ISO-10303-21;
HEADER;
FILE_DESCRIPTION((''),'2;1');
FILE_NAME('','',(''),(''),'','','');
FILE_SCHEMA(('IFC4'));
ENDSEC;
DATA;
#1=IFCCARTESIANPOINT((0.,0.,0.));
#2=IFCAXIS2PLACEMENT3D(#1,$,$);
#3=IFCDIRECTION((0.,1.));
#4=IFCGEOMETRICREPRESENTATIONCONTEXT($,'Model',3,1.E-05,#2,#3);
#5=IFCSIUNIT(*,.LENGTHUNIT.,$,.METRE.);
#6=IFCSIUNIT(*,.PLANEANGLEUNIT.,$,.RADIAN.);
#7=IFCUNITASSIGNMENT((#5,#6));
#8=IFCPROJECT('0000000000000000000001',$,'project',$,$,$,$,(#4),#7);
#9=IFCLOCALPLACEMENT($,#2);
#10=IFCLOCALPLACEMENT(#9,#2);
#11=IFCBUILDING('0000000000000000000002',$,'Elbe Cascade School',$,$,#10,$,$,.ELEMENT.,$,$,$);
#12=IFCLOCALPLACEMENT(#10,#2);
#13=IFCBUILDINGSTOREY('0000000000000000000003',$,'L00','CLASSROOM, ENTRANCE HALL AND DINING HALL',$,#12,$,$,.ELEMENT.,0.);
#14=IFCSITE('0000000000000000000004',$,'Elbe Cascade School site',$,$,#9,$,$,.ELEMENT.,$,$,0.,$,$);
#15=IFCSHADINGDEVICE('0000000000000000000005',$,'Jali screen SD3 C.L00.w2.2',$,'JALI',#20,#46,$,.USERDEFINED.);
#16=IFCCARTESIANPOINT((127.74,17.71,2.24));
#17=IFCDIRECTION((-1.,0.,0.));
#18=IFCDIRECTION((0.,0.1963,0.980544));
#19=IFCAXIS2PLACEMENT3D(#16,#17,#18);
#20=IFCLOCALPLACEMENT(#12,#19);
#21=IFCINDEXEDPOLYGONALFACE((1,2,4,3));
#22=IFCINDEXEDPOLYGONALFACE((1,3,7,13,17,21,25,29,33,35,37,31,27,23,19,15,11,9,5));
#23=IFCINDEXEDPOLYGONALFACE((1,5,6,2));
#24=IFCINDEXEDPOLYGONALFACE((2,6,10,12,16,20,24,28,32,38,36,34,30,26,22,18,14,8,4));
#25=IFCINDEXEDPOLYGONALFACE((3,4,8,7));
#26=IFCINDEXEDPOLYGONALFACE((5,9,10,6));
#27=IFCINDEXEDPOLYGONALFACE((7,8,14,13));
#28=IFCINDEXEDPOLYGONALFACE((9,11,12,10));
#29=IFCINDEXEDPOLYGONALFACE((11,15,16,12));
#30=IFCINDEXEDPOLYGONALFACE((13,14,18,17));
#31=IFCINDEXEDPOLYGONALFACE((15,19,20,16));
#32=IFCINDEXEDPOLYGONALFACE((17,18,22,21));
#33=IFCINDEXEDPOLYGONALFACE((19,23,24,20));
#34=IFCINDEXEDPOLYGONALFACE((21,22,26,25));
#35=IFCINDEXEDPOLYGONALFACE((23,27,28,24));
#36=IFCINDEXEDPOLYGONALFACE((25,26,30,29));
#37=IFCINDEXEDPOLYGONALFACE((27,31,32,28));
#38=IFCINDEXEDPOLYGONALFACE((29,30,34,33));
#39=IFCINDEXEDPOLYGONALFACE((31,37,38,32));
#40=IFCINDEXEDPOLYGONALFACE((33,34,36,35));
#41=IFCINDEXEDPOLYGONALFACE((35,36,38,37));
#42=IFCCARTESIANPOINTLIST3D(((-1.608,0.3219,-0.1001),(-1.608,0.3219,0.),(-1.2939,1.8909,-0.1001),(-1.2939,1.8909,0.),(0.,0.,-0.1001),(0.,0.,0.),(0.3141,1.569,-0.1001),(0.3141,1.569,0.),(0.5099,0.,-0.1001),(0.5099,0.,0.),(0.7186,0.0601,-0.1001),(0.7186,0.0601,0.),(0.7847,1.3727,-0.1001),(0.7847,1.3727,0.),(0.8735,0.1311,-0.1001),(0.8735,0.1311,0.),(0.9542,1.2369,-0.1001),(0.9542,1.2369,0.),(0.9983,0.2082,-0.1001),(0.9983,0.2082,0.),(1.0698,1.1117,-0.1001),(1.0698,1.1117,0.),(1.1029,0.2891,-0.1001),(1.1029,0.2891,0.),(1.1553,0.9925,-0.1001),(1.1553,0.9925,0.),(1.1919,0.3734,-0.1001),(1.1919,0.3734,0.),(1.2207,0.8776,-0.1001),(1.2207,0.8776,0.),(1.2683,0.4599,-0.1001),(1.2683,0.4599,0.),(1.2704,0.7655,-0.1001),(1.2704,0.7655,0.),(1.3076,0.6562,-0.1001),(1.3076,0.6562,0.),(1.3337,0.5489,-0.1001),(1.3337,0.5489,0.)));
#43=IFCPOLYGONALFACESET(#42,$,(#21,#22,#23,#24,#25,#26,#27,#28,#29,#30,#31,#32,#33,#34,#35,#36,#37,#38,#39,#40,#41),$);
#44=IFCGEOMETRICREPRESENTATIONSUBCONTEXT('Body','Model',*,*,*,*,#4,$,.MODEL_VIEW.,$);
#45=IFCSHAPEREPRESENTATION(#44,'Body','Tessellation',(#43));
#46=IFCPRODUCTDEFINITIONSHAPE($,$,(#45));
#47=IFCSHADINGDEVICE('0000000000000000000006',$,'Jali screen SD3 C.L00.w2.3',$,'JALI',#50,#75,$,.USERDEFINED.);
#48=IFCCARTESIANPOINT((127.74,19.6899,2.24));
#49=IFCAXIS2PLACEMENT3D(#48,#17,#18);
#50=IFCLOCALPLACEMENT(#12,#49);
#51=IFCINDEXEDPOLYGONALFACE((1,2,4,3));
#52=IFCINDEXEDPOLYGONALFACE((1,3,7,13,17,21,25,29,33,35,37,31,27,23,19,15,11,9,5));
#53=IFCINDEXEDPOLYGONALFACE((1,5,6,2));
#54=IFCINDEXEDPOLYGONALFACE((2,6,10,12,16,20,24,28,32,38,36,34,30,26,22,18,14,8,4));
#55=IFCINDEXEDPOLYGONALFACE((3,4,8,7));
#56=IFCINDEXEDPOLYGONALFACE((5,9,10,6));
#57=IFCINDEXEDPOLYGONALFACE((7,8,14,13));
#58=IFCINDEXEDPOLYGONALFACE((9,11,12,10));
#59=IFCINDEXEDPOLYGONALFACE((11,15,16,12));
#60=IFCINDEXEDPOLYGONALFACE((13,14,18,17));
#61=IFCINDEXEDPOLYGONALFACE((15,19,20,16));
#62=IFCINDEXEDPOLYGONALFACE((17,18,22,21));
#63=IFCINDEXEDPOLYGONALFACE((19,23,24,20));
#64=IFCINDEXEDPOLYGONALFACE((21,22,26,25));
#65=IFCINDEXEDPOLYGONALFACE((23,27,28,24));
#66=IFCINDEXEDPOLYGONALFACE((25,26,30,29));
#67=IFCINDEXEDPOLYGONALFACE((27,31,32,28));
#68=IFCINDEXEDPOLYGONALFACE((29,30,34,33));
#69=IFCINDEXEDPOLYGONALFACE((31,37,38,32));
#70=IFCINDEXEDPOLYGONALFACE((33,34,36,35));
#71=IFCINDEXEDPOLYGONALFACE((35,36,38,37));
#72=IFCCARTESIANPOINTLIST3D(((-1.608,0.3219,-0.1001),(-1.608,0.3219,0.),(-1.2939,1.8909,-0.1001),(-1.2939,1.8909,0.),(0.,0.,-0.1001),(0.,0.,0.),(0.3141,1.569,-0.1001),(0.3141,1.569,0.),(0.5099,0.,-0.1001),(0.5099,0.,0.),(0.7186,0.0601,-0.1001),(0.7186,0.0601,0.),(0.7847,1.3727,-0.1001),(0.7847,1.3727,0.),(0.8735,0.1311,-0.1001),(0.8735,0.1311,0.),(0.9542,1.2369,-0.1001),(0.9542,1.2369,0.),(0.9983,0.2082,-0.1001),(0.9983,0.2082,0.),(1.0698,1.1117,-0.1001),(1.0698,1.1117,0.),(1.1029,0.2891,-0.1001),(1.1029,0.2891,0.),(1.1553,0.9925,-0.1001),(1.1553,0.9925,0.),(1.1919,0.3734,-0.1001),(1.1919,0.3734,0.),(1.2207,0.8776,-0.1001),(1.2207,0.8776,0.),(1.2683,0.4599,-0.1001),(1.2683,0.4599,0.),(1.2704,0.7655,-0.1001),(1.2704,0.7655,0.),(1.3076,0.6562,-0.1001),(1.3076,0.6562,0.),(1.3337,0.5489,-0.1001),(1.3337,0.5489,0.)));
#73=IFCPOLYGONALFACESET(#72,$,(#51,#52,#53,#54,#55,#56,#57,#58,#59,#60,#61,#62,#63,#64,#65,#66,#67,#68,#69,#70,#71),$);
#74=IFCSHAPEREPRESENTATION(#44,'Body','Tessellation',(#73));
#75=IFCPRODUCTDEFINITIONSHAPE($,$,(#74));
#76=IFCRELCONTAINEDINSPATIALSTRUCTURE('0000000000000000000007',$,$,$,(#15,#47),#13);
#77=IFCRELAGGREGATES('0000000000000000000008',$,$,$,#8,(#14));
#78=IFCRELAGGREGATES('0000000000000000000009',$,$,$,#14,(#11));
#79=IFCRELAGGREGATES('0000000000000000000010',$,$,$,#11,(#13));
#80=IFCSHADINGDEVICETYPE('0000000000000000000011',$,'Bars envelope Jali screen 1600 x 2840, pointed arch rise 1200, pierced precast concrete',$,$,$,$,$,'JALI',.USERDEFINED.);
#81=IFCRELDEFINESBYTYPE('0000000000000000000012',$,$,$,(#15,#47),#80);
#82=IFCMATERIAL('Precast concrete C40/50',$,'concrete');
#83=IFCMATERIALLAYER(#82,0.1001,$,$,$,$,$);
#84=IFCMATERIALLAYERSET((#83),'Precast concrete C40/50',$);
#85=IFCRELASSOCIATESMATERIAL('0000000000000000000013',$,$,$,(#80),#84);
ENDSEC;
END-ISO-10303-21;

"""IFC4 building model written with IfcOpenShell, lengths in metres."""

from ifc_helpers import new_model, si_unit, direction, frame, origin, place, context, subcontext, project, spatial, polyline, outline, extrude, material, layer, layer_set, type_object, element, save


model = new_model("IFC4")

# Units and contexts
model_context = context("Model", 3, precision=1e-05, world=origin(), true_north=direction((0.0, 1.0)))
body_context = subcontext(model_context, "Body", "Model", "MODEL_VIEW")
ifc_project = project(units=[si_unit("LENGTHUNIT", "METRE"), si_unit("PLANEANGLEUNIT", "RADIAN")], contexts=[model_context])

# Site, building, storey
site_placement = place(None, origin())
site = spatial("IfcSite", under=ifc_project, at=site_placement, Name="Elbe Cascade School site", CompositionType="ELEMENT", RefElevation=0.0)
building_placement = place(site_placement, origin())
building = spatial("IfcBuilding", under=site, at=building_placement, Name="Elbe Cascade School", CompositionType="ELEMENT")
storey_placement = place(building_placement, origin())
storey = spatial("IfcBuildingStorey", under=building, at=storey_placement, Name="L00", Description="CLASSROOM, ENTRANCE HALL AND DINING HALL", CompositionType="ELEMENT", Elevation=0.0)

# Shading devices
ifc_material_1 = material(Name="Precast concrete C40/50", Category="concrete")
ifc_layer_1 = layer(ifc_material_1, 0.1001)
ifc_layer_set_1 = layer_set([ifc_layer_1], Name="Precast concrete C40/50")
shading_device_type = type_object("IfcShadingDeviceType", Name="Bars envelope Jali screen 1600 x 2840, pointed arch rise 1200, pierced precast concrete", ElementType="JALI", PredefinedType="USERDEFINED", material=ifc_layer_set_1)
for number, where, z_axis, x_axis, name in (
    (1, (127.74, 17.71, 2.24), (-1.0, 0.0, 0.0), (0.0, 0.1963, 0.980544), "Jali screen SD3 C.L00.w2.2"),
    (2, (127.74, 19.6899, 2.24), (-1.0, 0.0, 0.0), (0.0, 0.1963, 0.980544), "Jali screen SD3 C.L00.w2.3"),
):
    element("IfcShadingDevice", number, at=place(storey_placement, frame(where, z_axis=z_axis, x_axis=x_axis)), inside=storey, type_object=shading_device_type, Name=name, ObjectType="JALI", PredefinedType="USERDEFINED", context=body_context, shape_type="SweptSolid", body=[
        extrude(outline(polyline([(0.0, 0.0), (0.5099, 0.0), (0.7186, 0.0601), (0.8735, 0.1311), (0.9983, 0.2082), (1.1029, 0.2891), (1.1919, 0.3734), (1.2683, 0.4599), (1.3337, 0.5489), (1.3076, 0.6562), (1.2704, 0.7655), (1.2207, 0.8776), (1.1553, 0.9925), (1.0698, 1.1117), (0.9542, 1.2369), (0.7847, 1.3727), (0.3141, 1.569), (-1.2939, 1.8909), (-1.608, 0.3219), (0.0, 0.0)])), origin(), (0.0, 0.0, -1.0), 0.1001),
    ])

save(model, "model.ifc")
